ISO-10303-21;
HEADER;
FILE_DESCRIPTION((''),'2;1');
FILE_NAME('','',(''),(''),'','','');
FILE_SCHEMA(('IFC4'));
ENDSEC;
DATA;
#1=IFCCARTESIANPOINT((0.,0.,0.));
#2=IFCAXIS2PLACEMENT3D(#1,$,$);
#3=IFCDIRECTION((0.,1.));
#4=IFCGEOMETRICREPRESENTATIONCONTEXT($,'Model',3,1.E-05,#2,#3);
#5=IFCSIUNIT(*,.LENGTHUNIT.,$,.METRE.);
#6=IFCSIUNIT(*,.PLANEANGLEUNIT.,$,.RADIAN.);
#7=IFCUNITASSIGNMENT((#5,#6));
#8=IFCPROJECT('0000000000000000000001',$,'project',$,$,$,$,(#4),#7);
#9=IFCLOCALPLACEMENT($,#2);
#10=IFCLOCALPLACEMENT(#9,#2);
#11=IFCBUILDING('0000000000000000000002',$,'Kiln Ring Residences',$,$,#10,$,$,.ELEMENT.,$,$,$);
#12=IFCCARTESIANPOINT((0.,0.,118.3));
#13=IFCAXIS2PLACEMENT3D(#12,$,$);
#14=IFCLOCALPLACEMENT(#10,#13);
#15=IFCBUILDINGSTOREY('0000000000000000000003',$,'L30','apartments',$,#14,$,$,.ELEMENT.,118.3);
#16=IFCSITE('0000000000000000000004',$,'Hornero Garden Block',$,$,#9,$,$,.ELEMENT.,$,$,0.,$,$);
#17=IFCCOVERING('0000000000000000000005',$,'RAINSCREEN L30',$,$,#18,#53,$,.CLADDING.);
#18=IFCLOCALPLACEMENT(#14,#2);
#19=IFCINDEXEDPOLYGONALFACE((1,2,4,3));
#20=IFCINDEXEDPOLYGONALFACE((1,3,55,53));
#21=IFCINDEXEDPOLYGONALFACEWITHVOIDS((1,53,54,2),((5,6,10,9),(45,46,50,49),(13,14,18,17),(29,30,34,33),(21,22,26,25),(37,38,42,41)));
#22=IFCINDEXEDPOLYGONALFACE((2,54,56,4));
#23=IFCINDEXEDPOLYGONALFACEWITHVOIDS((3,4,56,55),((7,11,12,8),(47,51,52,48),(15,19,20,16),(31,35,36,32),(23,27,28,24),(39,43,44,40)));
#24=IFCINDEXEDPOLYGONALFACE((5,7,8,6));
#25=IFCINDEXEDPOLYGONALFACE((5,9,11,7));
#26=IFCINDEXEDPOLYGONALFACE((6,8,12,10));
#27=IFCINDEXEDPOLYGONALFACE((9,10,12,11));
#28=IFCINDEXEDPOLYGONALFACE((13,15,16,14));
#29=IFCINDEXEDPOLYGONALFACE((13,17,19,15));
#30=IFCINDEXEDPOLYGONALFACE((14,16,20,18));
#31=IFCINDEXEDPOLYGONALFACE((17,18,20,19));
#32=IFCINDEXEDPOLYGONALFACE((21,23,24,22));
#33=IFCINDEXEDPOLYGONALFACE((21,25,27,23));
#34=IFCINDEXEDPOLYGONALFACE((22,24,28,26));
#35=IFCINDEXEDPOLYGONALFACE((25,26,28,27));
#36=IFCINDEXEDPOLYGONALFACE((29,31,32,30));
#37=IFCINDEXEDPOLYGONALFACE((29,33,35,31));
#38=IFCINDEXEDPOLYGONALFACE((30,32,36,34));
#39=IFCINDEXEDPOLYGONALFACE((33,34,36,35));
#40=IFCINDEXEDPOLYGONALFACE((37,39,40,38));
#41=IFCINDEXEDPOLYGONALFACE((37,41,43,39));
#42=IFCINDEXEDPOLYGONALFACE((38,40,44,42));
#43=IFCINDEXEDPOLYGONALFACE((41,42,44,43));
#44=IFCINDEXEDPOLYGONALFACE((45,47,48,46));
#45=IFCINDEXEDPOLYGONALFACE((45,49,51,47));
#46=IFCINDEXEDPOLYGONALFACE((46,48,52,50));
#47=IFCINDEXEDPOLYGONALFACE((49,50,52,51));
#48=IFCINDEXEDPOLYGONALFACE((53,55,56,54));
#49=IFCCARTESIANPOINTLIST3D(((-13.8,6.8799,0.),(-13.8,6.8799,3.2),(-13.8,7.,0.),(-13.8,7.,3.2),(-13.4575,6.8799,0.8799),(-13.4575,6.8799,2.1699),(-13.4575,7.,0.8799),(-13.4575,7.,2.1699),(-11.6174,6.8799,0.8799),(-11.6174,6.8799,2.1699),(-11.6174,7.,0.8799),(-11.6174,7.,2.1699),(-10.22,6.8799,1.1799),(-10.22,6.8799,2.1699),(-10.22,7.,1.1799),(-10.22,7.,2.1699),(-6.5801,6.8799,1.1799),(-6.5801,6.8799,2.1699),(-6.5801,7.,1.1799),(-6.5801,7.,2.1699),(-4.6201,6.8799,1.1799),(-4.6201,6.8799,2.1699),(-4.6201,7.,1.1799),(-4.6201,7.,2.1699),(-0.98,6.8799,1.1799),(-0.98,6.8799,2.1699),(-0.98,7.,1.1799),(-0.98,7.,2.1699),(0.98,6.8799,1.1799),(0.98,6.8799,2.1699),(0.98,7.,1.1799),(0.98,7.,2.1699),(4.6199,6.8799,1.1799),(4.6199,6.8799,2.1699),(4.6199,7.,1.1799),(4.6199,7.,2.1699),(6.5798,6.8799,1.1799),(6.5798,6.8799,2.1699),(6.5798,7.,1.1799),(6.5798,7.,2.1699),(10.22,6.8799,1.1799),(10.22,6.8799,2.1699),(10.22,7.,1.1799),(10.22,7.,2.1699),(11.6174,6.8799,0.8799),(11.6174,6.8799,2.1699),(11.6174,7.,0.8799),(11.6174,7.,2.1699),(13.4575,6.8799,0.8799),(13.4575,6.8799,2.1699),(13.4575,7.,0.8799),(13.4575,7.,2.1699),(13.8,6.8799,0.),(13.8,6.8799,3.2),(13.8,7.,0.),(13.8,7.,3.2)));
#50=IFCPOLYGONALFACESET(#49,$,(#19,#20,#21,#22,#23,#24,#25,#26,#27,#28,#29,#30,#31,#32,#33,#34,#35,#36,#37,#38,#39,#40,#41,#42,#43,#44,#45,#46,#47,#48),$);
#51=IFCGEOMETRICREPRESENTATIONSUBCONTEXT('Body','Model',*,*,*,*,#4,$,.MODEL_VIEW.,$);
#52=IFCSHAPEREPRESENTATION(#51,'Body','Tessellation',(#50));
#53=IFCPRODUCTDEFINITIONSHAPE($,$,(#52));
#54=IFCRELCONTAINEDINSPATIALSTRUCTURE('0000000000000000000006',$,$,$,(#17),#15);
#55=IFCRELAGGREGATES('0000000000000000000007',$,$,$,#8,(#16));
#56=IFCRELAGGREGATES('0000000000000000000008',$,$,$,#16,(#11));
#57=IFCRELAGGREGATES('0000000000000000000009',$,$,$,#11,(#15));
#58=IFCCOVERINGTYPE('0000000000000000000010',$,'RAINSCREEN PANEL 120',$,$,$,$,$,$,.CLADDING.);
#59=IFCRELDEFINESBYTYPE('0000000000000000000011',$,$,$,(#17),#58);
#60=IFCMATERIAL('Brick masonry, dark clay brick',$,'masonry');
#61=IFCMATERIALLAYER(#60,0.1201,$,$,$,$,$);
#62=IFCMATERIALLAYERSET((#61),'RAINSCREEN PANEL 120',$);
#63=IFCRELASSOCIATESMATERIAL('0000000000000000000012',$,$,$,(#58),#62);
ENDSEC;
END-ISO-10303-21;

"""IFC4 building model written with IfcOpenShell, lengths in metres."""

from ifc_helpers import new_model, si_unit, direction, frame, origin, place, context, subcontext, project, spatial, polyline, outline, extrude, material, layer, layer_set, type_object, element, save


model = new_model("IFC4")

# Units and contexts
model_context = context("Model", 3, precision=1e-05, world=origin(), true_north=direction((0.0, 1.0)))
body_context = subcontext(model_context, "Body", "Model", "MODEL_VIEW")
ifc_project = project(units=[si_unit("LENGTHUNIT", "METRE"), si_unit("PLANEANGLEUNIT", "RADIAN")], contexts=[model_context])

# Site, building, storey
site_placement = place(None, origin())
site = spatial("IfcSite", under=ifc_project, at=site_placement, Name="Hornero Garden Block", CompositionType="ELEMENT", RefElevation=0.0)
building_placement = place(site_placement, origin())
building = spatial("IfcBuilding", under=site, at=building_placement, Name="Kiln Ring Residences", CompositionType="ELEMENT")
storey_placement = place(building_placement, frame((0.0, 0.0, 118.3)))
storey = spatial("IfcBuildingStorey", under=building, at=storey_placement, Name="L30", Description="apartments", CompositionType="ELEMENT", Elevation=118.3)

# Covering
ifc_material_1 = material(Name="Brick masonry, dark clay brick", Category="masonry")
ifc_layer_1 = layer(ifc_material_1, 0.1201)
ifc_layer_set_1 = layer_set([ifc_layer_1], Name="RAINSCREEN PANEL 120")
covering_type = type_object("IfcCoveringType", Name="RAINSCREEN PANEL 120", PredefinedType="CLADDING", material=ifc_layer_set_1)
covering_placement = place(storey_placement, frame((-13.8, 6.9399, 0.0), z_axis=(0.0, 0.0, 1.0), x_axis=(1.0, 0.0, 0.0)))
element("IfcCovering", 1, at=covering_placement, inside=storey, type_object=covering_type, Name="RAINSCREEN L30", PredefinedType="CLADDING", context=body_context, shape_type="SweptSolid", body=[
    extrude(outline(polyline([(0.0, 0.0), (27.6001, 0.0), (27.6001, 3.2), (0.0, 3.2), (0.0, 0.0)]), holes=[polyline([(2.1826, 0.8799), (2.1826, 2.1699), (0.3425, 2.1699), (0.3425, 0.8799), (2.1826, 0.8799)]), polyline([(25.4175, 0.8799), (27.2576, 0.8799), (27.2576, 2.1699), (25.4175, 2.1699), (25.4175, 0.8799)]), polyline([(3.5801, 1.1799), (7.22, 1.1799), (7.22, 2.1699), (3.5801, 2.1699), (3.5801, 1.1799)]), polyline([(12.8201, 1.1799), (12.8201, 2.1699), (9.1799, 2.1699), (9.1799, 1.1799), (12.8201, 1.1799)]), polyline([(14.78, 1.1799), (18.4199, 1.1799), (18.4199, 2.1699), (14.78, 2.1699), (14.78, 1.1799)]), polyline([(20.3799, 1.1799), (24.02, 1.1799), (24.02, 2.1699), (20.3799, 2.1699), (20.3799, 1.1799)])]), frame((0.0, 0.0601, 0.0), z_axis=(0.0, -1.0, 0.0), x_axis=(1.0, 0.0, 0.0)), (0.0, 0.0, 1.0), 0.1201),
])

save(model, "model.ifc")
